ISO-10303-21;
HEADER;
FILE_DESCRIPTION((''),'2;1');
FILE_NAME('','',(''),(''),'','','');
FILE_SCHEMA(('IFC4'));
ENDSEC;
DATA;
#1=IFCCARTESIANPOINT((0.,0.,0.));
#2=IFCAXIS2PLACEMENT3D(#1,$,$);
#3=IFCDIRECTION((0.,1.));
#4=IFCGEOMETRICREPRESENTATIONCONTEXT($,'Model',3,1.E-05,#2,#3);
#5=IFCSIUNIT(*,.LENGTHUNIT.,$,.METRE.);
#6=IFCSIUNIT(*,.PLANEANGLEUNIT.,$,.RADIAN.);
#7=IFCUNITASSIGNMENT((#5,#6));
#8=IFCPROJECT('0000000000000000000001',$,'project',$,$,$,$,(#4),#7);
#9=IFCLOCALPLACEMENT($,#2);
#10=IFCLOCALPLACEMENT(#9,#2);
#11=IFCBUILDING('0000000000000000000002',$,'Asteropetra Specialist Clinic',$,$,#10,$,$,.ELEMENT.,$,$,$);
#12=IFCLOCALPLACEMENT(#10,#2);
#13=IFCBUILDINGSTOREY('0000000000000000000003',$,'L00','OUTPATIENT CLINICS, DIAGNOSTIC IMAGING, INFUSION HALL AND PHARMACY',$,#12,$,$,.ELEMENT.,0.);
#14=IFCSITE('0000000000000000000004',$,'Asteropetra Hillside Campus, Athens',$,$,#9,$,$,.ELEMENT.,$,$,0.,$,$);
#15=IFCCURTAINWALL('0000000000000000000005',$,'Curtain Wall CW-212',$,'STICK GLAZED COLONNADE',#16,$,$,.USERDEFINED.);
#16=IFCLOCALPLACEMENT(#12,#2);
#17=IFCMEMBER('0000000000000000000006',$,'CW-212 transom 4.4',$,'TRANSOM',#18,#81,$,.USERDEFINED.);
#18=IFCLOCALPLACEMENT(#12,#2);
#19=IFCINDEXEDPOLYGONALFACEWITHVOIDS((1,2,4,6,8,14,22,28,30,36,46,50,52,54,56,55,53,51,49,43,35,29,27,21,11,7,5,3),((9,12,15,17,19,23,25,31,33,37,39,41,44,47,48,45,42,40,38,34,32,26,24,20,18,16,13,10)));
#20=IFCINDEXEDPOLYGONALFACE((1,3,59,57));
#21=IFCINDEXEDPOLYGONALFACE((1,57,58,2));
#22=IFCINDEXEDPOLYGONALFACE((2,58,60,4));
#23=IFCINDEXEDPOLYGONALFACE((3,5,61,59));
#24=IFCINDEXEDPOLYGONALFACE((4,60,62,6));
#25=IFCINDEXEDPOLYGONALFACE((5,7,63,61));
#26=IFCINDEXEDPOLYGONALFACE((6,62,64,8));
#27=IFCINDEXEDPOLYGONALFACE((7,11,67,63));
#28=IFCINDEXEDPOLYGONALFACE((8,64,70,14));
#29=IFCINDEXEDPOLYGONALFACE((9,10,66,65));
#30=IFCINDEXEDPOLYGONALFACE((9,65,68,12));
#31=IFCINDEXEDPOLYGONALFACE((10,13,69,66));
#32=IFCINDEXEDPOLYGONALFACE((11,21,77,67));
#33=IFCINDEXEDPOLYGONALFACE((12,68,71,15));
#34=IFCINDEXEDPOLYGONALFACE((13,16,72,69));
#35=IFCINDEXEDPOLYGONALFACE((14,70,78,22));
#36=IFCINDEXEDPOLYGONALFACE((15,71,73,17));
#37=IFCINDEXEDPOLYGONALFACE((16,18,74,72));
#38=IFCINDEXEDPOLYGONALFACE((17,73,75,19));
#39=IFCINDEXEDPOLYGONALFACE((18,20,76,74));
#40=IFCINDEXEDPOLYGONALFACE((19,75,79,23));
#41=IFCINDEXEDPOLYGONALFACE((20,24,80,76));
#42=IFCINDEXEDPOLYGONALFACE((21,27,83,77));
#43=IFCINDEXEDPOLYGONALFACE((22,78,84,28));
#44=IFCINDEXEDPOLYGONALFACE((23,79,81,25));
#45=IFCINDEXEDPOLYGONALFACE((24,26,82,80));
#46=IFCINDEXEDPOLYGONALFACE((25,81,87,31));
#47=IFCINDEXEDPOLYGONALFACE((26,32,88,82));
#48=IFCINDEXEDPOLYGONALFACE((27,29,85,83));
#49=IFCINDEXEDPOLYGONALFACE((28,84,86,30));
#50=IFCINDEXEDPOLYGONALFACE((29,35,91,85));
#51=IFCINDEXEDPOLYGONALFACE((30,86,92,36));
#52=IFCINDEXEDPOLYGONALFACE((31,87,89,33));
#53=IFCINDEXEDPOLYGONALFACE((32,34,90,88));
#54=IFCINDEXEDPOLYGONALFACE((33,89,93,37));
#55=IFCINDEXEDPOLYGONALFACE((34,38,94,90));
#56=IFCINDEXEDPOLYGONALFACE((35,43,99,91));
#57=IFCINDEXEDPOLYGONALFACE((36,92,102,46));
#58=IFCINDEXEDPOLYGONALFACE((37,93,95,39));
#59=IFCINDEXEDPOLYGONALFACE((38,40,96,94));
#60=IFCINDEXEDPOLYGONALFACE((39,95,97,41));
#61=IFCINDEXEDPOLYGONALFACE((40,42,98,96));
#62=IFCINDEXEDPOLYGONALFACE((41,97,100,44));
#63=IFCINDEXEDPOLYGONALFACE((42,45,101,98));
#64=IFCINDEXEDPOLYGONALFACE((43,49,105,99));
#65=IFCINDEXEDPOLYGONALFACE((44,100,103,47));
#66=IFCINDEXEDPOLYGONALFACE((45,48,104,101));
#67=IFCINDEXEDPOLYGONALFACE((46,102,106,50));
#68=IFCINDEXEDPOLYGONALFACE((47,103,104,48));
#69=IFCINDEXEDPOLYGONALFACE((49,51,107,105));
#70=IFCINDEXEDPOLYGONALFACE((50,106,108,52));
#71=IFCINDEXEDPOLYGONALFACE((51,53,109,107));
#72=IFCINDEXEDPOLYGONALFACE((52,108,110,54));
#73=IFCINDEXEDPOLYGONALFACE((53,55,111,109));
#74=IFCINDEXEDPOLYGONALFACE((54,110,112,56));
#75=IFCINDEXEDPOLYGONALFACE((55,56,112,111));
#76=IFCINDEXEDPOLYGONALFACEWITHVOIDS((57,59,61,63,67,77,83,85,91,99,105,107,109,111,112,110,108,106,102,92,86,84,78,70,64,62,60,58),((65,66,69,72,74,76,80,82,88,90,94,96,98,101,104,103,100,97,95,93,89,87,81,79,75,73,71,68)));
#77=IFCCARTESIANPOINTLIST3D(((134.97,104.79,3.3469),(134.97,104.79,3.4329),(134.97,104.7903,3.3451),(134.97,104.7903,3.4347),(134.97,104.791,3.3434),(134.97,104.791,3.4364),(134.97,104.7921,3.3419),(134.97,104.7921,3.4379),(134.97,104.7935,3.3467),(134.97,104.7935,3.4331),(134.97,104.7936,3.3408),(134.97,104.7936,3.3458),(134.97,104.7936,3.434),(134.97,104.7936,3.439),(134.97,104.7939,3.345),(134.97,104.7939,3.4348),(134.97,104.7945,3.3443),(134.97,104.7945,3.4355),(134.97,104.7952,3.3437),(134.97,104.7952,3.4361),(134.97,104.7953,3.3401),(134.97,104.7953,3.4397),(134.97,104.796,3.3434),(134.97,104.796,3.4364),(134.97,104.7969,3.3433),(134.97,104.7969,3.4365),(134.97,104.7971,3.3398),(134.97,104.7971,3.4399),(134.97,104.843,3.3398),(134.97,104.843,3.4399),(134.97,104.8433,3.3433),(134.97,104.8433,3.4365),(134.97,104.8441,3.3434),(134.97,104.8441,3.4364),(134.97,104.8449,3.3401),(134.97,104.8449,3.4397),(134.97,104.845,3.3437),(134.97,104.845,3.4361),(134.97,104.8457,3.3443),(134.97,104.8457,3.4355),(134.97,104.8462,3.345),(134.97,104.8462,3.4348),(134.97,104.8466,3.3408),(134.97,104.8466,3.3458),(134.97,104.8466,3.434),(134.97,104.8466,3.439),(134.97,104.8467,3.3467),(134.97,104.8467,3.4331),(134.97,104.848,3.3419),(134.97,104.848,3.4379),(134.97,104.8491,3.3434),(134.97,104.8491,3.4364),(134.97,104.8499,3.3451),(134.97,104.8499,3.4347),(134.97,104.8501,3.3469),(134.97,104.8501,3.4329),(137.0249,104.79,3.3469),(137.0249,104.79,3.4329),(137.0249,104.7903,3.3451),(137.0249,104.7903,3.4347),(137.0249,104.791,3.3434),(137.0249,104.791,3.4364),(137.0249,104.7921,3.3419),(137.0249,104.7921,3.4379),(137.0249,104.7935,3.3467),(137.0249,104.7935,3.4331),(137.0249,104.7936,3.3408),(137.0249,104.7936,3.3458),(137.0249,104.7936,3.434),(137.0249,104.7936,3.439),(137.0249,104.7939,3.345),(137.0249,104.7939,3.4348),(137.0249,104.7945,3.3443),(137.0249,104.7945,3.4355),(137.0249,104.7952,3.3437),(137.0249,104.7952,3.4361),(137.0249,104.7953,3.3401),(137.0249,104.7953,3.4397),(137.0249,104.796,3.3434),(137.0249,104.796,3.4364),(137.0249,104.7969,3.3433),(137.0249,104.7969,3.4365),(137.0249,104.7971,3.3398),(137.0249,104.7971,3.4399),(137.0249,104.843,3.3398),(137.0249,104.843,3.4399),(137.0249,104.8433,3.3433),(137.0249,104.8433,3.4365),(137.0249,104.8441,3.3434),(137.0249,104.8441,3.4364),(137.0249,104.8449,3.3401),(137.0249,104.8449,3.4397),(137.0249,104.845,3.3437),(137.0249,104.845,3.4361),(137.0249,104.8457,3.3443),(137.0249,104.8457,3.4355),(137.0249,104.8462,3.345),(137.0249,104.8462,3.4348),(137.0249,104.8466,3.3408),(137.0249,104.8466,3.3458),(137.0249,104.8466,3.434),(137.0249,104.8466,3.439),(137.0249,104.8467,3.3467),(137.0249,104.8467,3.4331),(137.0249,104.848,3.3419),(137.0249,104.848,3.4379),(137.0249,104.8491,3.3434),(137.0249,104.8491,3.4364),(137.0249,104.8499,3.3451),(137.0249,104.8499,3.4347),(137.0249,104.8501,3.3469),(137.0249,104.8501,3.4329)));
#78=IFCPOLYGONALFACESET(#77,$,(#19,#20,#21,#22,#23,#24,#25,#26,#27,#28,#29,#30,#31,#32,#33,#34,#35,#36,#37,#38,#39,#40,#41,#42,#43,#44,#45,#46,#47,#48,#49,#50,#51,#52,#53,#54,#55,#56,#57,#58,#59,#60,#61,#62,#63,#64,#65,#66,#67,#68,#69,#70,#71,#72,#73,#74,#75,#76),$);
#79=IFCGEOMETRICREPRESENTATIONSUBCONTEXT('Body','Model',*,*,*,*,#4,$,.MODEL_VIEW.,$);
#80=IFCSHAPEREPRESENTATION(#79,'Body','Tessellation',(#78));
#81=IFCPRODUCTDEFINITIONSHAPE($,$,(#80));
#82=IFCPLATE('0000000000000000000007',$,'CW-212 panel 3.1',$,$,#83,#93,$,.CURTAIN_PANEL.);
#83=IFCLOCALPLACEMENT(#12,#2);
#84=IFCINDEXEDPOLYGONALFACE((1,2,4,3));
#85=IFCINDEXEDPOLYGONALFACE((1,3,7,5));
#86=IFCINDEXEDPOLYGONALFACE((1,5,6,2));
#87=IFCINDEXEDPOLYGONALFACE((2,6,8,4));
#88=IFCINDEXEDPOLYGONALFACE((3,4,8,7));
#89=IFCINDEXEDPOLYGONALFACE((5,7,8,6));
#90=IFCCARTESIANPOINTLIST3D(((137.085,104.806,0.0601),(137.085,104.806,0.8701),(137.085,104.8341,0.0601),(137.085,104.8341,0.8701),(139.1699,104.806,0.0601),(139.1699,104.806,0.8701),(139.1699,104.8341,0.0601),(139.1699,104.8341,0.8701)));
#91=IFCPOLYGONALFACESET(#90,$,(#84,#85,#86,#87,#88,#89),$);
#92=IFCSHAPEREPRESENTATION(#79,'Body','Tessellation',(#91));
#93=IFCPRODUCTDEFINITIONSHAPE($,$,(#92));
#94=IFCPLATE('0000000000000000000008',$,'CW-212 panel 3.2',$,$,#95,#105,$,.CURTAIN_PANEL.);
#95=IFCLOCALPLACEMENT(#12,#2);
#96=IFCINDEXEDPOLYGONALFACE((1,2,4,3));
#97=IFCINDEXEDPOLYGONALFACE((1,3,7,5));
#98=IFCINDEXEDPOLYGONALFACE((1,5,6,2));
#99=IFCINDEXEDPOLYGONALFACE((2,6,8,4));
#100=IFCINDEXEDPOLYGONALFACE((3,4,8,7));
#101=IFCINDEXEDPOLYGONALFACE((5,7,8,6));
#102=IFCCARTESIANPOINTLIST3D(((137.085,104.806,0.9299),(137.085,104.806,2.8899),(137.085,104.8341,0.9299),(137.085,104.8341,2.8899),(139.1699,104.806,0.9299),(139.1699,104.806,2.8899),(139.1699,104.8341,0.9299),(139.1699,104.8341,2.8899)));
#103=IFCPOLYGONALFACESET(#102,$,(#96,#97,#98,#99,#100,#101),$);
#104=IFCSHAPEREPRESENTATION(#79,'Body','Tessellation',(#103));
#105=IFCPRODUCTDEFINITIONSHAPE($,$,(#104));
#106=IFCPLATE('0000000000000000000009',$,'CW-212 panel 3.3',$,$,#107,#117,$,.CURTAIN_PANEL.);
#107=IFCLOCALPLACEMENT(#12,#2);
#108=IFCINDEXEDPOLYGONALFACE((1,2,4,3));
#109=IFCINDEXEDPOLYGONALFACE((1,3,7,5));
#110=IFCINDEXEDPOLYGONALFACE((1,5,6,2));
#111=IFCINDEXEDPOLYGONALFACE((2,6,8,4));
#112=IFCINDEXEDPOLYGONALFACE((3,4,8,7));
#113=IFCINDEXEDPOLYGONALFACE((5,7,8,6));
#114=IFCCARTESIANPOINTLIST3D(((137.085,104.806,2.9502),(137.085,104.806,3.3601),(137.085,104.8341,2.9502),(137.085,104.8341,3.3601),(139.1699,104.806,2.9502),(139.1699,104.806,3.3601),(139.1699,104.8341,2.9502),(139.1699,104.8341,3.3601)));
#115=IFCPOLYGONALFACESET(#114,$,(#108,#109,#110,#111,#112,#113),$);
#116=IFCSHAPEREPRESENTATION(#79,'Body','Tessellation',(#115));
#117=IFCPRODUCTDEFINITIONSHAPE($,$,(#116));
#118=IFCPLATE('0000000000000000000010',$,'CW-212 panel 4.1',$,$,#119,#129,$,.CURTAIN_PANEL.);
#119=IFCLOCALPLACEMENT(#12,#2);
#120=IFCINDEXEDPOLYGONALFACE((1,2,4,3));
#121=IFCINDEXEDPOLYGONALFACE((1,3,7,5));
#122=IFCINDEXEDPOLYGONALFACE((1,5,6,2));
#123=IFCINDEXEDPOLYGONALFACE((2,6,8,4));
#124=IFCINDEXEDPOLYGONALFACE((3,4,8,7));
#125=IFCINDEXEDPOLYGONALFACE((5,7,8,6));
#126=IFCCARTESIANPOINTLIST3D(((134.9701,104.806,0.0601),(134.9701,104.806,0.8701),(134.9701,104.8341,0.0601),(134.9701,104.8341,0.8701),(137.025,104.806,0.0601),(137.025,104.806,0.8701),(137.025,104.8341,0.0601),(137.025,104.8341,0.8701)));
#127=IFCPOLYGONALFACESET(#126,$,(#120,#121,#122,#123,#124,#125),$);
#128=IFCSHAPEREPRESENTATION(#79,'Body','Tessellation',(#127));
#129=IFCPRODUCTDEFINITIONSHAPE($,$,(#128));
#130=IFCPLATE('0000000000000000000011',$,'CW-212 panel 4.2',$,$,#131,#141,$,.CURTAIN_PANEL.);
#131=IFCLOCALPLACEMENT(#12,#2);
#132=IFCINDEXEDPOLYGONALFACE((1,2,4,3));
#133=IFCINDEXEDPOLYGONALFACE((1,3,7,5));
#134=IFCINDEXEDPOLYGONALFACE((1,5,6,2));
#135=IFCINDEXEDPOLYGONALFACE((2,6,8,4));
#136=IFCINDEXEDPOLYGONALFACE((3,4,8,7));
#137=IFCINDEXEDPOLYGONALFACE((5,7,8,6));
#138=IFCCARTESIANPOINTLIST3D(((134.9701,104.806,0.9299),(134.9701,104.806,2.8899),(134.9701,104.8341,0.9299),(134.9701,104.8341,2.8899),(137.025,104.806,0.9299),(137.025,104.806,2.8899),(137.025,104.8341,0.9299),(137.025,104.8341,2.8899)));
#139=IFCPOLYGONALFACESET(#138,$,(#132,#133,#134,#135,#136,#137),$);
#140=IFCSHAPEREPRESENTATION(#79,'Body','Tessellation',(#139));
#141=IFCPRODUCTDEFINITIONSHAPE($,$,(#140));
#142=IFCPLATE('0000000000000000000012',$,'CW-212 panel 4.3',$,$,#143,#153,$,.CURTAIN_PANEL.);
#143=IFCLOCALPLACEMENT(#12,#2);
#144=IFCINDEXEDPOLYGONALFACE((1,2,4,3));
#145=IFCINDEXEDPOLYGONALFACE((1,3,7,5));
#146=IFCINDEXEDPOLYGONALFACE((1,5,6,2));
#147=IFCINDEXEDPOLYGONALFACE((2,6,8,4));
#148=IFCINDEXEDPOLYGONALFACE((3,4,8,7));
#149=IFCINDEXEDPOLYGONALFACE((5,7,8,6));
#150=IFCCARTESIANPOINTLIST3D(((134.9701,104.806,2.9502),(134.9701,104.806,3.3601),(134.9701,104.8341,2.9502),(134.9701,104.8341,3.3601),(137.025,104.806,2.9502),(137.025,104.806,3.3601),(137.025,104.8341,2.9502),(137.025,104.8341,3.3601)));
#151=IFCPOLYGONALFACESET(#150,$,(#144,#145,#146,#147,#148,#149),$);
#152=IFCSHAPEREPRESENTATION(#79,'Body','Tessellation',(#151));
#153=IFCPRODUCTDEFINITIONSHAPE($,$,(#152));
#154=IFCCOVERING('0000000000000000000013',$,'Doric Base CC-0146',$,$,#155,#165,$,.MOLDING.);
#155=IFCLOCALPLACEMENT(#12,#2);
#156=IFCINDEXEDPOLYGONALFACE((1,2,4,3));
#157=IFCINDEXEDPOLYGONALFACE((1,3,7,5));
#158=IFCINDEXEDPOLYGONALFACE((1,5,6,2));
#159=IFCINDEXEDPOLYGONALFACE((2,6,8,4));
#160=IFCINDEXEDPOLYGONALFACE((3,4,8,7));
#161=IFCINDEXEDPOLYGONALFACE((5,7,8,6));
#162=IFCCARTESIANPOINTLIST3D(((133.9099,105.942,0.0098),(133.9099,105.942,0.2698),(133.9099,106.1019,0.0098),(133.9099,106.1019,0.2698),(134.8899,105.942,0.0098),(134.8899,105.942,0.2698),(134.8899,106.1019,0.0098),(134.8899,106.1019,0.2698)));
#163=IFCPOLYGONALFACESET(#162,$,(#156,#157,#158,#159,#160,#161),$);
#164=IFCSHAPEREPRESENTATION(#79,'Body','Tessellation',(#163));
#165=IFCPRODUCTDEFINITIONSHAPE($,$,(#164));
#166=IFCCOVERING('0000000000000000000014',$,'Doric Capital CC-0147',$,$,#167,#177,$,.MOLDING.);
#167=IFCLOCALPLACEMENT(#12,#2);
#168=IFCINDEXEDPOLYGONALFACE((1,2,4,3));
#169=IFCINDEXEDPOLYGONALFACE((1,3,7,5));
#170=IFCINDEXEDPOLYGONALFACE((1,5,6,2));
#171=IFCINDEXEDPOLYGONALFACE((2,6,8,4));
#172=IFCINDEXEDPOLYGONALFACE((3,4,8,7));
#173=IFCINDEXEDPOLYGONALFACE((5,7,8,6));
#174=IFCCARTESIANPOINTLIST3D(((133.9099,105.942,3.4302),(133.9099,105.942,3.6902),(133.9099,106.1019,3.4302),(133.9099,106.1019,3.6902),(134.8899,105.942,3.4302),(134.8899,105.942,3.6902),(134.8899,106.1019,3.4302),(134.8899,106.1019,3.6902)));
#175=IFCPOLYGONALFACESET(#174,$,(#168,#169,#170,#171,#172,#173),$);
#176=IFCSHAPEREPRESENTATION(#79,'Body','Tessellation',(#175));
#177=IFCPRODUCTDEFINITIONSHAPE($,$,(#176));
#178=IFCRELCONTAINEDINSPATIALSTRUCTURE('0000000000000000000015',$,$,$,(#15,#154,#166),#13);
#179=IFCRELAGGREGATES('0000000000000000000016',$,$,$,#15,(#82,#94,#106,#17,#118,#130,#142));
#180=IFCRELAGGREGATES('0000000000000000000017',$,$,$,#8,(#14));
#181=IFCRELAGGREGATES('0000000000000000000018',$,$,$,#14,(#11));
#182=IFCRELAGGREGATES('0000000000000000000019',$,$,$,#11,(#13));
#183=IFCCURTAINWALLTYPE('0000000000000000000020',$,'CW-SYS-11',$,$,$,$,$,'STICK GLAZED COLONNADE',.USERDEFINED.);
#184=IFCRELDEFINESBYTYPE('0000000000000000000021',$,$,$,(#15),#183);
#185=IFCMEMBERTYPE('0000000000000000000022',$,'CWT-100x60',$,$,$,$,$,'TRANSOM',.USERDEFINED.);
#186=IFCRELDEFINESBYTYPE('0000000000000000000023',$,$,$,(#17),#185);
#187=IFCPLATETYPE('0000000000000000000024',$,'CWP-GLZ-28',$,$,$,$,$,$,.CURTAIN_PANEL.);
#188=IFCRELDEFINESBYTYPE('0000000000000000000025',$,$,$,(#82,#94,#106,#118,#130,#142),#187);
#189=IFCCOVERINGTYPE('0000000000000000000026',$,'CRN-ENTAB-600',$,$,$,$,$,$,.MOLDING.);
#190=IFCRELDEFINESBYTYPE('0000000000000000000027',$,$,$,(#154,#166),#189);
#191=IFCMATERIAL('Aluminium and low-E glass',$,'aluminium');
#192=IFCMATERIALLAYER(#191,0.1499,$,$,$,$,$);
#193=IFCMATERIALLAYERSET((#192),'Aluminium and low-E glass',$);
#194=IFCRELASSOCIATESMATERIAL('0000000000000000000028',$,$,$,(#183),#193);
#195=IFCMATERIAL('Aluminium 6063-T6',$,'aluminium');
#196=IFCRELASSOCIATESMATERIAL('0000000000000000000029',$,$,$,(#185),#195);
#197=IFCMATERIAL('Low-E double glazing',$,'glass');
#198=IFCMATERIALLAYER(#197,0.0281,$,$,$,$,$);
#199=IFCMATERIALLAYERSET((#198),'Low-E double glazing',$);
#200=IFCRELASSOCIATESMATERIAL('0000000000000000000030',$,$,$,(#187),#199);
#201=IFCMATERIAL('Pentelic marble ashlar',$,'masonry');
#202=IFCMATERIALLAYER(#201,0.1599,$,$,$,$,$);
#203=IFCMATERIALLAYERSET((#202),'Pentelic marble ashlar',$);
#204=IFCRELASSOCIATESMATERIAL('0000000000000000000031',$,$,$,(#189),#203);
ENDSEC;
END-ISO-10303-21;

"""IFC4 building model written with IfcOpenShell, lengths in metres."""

from ifc_helpers import new_model, si_unit, direction, frame, origin, origin_2d, place, context, subcontext, project, spatial, rectangle, hollow_rectangle, extrude, material, layer, layer_set, material_profile, profile_set, type_object, element, aggregate, save


model = new_model("IFC4")

# Units and contexts
model_context = context("Model", 3, precision=1e-05, world=origin(), true_north=direction((0.0, 1.0)))
body_context = subcontext(model_context, "Body", "Model", "MODEL_VIEW")
ifc_project = project(units=[si_unit("LENGTHUNIT", "METRE"), si_unit("PLANEANGLEUNIT", "RADIAN")], contexts=[model_context])

# Site, building, storey
site_placement = place(None, origin())
site = spatial("IfcSite", under=ifc_project, at=site_placement, Name="Asteropetra Hillside Campus, Athens", CompositionType="ELEMENT", RefElevation=0.0)
building_placement = place(site_placement, origin())
building = spatial("IfcBuilding", under=site, at=building_placement, Name="Asteropetra Specialist Clinic", CompositionType="ELEMENT")
storey_placement = place(building_placement, origin())
storey = spatial("IfcBuildingStorey", under=building, at=storey_placement, Name="L00", Description="OUTPATIENT CLINICS, DIAGNOSTIC IMAGING, INFUSION HALL AND PHARMACY", CompositionType="ELEMENT", Elevation=0.0)

# Curtain wall, member, plates
ifc_material_1 = material(Name="Aluminium and low-E glass", Category="aluminium")
ifc_layer_1 = layer(ifc_material_1, 0.1499)
ifc_layer_set_1 = layer_set([ifc_layer_1], Name="Aluminium and low-E glass")
curtain_wall_type = type_object("IfcCurtainWallType", Name="CW-SYS-11", ElementType="STICK GLAZED COLONNADE", PredefinedType="USERDEFINED", material=ifc_layer_set_1)
curtain_wall_placement = place(storey_placement, origin())
curtain_wall = element("IfcCurtainWall", 1, at=curtain_wall_placement, inside=storey, type_object=curtain_wall_type, Name="Curtain Wall CW-212", ObjectType="STICK GLAZED COLONNADE", PredefinedType="USERDEFINED")
ifc_material_2 = material(Name="Aluminium 6063-T6", Category="aluminium")
ifc_material_profile_1 = material_profile(ifc_material_2, hollow_rectangle(XDim=0.0601, YDim=0.1001, WallThickness=0.0034, InnerFilletRadius=0.0034, OuterFilletRadius=0.0071, at=origin_2d()), Name="TRN 100x60x3.5")
ifc_profile_set_1 = profile_set([ifc_material_profile_1], Name="Aluminium 6063-T6")
member_type_1 = type_object("IfcMemberType", Name="CWT-100x60", ElementType="TRANSOM", PredefinedType="USERDEFINED", material=ifc_profile_set_1)
member_1_placement = place(storey_placement, frame((137.0249, 104.8201, 3.3899), z_axis=(-1.0, 0.0, 0.0), x_axis=(0.0, -1.0, 0.0)))
member_1 = element("IfcMember", 2, at=member_1_placement, type_object=member_type_1, Name="CW-212 transom 4.4", ObjectType="TRANSOM", PredefinedType="USERDEFINED", context=body_context, shape_type="SweptSolid", body=[
    extrude(hollow_rectangle(XDim=0.0601, YDim=0.1001, WallThickness=0.0034, InnerFilletRadius=0.0034, OuterFilletRadius=0.0071, at=origin_2d()), origin(), (0.0, 0.0, 1.0), 2.0549),
])
ifc_material_3 = material(Name="Low-E double glazing", Category="glass")
ifc_layer_2 = layer(ifc_material_3, 0.0281)
ifc_layer_set_2 = layer_set([ifc_layer_2], Name="Low-E double glazing")
plate_type = type_object("IfcPlateType", Name="CWP-GLZ-28", PredefinedType="CURTAIN_PANEL", material=ifc_layer_set_2)
plate_1_placement = place(storey_placement, frame((138.1274, 104.8201, 0.0601), z_axis=(0.0, 0.0, 1.0), x_axis=(-1.0, 0.0, 0.0)))
plate_1 = element("IfcPlate", 3, at=plate_1_placement, type_object=plate_type, Name="CW-212 panel 3.1", PredefinedType="CURTAIN_PANEL", context=body_context, shape_type="SweptSolid", body=[
    extrude(rectangle(XDim=2.085, YDim=0.0281, at=origin_2d()), origin(), (0.0, 0.0, 1.0), 0.8101),
])
plate_2_placement = place(storey_placement, frame((138.1274, 104.8201, 0.9299), z_axis=(0.0, 0.0, 1.0), x_axis=(-1.0, 0.0, 0.0)))
plate_2 = element("IfcPlate", 4, at=plate_2_placement, type_object=plate_type, Name="CW-212 panel 3.2", PredefinedType="CURTAIN_PANEL", context=body_context, shape_type="SweptSolid", body=[
    extrude(rectangle(XDim=2.085, YDim=0.0281, at=origin_2d()), origin(), (0.0, 0.0, 1.0), 1.96),
])
plate_3_placement = place(storey_placement, frame((138.1274, 104.8201, 2.9502), z_axis=(0.0, 0.0, 1.0), x_axis=(-1.0, 0.0, 0.0)))
plate_3 = element("IfcPlate", 5, at=plate_3_placement, type_object=plate_type, Name="CW-212 panel 3.3", PredefinedType="CURTAIN_PANEL", context=body_context, shape_type="SweptSolid", body=[
    extrude(rectangle(XDim=2.085, YDim=0.0281, at=origin_2d()), origin(), (0.0, 0.0, 1.0), 0.4099),
])
plate_4_placement = place(storey_placement, frame((135.9976, 104.8201, 0.0601), z_axis=(0.0, 0.0, 1.0), x_axis=(-1.0, 0.0, 0.0)))
plate_4 = element("IfcPlate", 6, at=plate_4_placement, type_object=plate_type, Name="CW-212 panel 4.1", PredefinedType="CURTAIN_PANEL", context=body_context, shape_type="SweptSolid", body=[
    extrude(rectangle(XDim=2.0549, YDim=0.0281, at=origin_2d()), origin(), (0.0, 0.0, 1.0), 0.8101),
])
plate_5_placement = place(storey_placement, frame((135.9976, 104.8201, 0.9299), z_axis=(0.0, 0.0, 1.0), x_axis=(-1.0, 0.0, 0.0)))
plate_5 = element("IfcPlate", 7, at=plate_5_placement, type_object=plate_type, Name="CW-212 panel 4.2", PredefinedType="CURTAIN_PANEL", context=body_context, shape_type="SweptSolid", body=[
    extrude(rectangle(XDim=2.0549, YDim=0.0281, at=origin_2d()), origin(), (0.0, 0.0, 1.0), 1.96),
])
plate_6_placement = place(storey_placement, frame((135.9976, 104.8201, 2.9502), z_axis=(0.0, 0.0, 1.0), x_axis=(-1.0, 0.0, 0.0)))
plate_6 = element("IfcPlate", 8, at=plate_6_placement, type_object=plate_type, Name="CW-212 panel 4.3", PredefinedType="CURTAIN_PANEL", context=body_context, shape_type="SweptSolid", body=[
    extrude(rectangle(XDim=2.0549, YDim=0.0281, at=origin_2d()), origin(), (0.0, 0.0, 1.0), 0.4099),
])
aggregate(curtain_wall, [plate_1, plate_2, plate_3, member_1, plate_4, plate_5, plate_6])

# Coverings
ifc_material_4 = material(Name="Pentelic marble ashlar", Category="masonry")
ifc_layer_3 = layer(ifc_material_4, 0.1599)
ifc_layer_set_3 = layer_set([ifc_layer_3], Name="Pentelic marble ashlar")
covering_type = type_object("IfcCoveringType", Name="CRN-ENTAB-600", PredefinedType="MOLDING", material=ifc_layer_set_3)
for number, where, z_axis, x_axis, name in (
    (9, (134.3999, 106.022, 0.0098), (0.0, 0.0, 1.0), (1.0, 0.0, 0.0), "Doric Base CC-0146"),
    (10, (134.3999, 106.022, 3.4302), (0.0, 0.0, 1.0), (1.0, 0.0, 0.0), "Doric Capital CC-0147"),
):
    element("IfcCovering", number, at=place(storey_placement, frame(where, z_axis=z_axis, x_axis=x_axis)), inside=storey, type_object=covering_type, Name=name, PredefinedType="MOLDING", context=body_context, shape_type="SweptSolid", body=[
        extrude(rectangle(XDim=0.98, YDim=0.1599, at=origin_2d()), origin(), (0.0, 0.0, 1.0), 0.26),
    ])

save(model, "model.ifc")
